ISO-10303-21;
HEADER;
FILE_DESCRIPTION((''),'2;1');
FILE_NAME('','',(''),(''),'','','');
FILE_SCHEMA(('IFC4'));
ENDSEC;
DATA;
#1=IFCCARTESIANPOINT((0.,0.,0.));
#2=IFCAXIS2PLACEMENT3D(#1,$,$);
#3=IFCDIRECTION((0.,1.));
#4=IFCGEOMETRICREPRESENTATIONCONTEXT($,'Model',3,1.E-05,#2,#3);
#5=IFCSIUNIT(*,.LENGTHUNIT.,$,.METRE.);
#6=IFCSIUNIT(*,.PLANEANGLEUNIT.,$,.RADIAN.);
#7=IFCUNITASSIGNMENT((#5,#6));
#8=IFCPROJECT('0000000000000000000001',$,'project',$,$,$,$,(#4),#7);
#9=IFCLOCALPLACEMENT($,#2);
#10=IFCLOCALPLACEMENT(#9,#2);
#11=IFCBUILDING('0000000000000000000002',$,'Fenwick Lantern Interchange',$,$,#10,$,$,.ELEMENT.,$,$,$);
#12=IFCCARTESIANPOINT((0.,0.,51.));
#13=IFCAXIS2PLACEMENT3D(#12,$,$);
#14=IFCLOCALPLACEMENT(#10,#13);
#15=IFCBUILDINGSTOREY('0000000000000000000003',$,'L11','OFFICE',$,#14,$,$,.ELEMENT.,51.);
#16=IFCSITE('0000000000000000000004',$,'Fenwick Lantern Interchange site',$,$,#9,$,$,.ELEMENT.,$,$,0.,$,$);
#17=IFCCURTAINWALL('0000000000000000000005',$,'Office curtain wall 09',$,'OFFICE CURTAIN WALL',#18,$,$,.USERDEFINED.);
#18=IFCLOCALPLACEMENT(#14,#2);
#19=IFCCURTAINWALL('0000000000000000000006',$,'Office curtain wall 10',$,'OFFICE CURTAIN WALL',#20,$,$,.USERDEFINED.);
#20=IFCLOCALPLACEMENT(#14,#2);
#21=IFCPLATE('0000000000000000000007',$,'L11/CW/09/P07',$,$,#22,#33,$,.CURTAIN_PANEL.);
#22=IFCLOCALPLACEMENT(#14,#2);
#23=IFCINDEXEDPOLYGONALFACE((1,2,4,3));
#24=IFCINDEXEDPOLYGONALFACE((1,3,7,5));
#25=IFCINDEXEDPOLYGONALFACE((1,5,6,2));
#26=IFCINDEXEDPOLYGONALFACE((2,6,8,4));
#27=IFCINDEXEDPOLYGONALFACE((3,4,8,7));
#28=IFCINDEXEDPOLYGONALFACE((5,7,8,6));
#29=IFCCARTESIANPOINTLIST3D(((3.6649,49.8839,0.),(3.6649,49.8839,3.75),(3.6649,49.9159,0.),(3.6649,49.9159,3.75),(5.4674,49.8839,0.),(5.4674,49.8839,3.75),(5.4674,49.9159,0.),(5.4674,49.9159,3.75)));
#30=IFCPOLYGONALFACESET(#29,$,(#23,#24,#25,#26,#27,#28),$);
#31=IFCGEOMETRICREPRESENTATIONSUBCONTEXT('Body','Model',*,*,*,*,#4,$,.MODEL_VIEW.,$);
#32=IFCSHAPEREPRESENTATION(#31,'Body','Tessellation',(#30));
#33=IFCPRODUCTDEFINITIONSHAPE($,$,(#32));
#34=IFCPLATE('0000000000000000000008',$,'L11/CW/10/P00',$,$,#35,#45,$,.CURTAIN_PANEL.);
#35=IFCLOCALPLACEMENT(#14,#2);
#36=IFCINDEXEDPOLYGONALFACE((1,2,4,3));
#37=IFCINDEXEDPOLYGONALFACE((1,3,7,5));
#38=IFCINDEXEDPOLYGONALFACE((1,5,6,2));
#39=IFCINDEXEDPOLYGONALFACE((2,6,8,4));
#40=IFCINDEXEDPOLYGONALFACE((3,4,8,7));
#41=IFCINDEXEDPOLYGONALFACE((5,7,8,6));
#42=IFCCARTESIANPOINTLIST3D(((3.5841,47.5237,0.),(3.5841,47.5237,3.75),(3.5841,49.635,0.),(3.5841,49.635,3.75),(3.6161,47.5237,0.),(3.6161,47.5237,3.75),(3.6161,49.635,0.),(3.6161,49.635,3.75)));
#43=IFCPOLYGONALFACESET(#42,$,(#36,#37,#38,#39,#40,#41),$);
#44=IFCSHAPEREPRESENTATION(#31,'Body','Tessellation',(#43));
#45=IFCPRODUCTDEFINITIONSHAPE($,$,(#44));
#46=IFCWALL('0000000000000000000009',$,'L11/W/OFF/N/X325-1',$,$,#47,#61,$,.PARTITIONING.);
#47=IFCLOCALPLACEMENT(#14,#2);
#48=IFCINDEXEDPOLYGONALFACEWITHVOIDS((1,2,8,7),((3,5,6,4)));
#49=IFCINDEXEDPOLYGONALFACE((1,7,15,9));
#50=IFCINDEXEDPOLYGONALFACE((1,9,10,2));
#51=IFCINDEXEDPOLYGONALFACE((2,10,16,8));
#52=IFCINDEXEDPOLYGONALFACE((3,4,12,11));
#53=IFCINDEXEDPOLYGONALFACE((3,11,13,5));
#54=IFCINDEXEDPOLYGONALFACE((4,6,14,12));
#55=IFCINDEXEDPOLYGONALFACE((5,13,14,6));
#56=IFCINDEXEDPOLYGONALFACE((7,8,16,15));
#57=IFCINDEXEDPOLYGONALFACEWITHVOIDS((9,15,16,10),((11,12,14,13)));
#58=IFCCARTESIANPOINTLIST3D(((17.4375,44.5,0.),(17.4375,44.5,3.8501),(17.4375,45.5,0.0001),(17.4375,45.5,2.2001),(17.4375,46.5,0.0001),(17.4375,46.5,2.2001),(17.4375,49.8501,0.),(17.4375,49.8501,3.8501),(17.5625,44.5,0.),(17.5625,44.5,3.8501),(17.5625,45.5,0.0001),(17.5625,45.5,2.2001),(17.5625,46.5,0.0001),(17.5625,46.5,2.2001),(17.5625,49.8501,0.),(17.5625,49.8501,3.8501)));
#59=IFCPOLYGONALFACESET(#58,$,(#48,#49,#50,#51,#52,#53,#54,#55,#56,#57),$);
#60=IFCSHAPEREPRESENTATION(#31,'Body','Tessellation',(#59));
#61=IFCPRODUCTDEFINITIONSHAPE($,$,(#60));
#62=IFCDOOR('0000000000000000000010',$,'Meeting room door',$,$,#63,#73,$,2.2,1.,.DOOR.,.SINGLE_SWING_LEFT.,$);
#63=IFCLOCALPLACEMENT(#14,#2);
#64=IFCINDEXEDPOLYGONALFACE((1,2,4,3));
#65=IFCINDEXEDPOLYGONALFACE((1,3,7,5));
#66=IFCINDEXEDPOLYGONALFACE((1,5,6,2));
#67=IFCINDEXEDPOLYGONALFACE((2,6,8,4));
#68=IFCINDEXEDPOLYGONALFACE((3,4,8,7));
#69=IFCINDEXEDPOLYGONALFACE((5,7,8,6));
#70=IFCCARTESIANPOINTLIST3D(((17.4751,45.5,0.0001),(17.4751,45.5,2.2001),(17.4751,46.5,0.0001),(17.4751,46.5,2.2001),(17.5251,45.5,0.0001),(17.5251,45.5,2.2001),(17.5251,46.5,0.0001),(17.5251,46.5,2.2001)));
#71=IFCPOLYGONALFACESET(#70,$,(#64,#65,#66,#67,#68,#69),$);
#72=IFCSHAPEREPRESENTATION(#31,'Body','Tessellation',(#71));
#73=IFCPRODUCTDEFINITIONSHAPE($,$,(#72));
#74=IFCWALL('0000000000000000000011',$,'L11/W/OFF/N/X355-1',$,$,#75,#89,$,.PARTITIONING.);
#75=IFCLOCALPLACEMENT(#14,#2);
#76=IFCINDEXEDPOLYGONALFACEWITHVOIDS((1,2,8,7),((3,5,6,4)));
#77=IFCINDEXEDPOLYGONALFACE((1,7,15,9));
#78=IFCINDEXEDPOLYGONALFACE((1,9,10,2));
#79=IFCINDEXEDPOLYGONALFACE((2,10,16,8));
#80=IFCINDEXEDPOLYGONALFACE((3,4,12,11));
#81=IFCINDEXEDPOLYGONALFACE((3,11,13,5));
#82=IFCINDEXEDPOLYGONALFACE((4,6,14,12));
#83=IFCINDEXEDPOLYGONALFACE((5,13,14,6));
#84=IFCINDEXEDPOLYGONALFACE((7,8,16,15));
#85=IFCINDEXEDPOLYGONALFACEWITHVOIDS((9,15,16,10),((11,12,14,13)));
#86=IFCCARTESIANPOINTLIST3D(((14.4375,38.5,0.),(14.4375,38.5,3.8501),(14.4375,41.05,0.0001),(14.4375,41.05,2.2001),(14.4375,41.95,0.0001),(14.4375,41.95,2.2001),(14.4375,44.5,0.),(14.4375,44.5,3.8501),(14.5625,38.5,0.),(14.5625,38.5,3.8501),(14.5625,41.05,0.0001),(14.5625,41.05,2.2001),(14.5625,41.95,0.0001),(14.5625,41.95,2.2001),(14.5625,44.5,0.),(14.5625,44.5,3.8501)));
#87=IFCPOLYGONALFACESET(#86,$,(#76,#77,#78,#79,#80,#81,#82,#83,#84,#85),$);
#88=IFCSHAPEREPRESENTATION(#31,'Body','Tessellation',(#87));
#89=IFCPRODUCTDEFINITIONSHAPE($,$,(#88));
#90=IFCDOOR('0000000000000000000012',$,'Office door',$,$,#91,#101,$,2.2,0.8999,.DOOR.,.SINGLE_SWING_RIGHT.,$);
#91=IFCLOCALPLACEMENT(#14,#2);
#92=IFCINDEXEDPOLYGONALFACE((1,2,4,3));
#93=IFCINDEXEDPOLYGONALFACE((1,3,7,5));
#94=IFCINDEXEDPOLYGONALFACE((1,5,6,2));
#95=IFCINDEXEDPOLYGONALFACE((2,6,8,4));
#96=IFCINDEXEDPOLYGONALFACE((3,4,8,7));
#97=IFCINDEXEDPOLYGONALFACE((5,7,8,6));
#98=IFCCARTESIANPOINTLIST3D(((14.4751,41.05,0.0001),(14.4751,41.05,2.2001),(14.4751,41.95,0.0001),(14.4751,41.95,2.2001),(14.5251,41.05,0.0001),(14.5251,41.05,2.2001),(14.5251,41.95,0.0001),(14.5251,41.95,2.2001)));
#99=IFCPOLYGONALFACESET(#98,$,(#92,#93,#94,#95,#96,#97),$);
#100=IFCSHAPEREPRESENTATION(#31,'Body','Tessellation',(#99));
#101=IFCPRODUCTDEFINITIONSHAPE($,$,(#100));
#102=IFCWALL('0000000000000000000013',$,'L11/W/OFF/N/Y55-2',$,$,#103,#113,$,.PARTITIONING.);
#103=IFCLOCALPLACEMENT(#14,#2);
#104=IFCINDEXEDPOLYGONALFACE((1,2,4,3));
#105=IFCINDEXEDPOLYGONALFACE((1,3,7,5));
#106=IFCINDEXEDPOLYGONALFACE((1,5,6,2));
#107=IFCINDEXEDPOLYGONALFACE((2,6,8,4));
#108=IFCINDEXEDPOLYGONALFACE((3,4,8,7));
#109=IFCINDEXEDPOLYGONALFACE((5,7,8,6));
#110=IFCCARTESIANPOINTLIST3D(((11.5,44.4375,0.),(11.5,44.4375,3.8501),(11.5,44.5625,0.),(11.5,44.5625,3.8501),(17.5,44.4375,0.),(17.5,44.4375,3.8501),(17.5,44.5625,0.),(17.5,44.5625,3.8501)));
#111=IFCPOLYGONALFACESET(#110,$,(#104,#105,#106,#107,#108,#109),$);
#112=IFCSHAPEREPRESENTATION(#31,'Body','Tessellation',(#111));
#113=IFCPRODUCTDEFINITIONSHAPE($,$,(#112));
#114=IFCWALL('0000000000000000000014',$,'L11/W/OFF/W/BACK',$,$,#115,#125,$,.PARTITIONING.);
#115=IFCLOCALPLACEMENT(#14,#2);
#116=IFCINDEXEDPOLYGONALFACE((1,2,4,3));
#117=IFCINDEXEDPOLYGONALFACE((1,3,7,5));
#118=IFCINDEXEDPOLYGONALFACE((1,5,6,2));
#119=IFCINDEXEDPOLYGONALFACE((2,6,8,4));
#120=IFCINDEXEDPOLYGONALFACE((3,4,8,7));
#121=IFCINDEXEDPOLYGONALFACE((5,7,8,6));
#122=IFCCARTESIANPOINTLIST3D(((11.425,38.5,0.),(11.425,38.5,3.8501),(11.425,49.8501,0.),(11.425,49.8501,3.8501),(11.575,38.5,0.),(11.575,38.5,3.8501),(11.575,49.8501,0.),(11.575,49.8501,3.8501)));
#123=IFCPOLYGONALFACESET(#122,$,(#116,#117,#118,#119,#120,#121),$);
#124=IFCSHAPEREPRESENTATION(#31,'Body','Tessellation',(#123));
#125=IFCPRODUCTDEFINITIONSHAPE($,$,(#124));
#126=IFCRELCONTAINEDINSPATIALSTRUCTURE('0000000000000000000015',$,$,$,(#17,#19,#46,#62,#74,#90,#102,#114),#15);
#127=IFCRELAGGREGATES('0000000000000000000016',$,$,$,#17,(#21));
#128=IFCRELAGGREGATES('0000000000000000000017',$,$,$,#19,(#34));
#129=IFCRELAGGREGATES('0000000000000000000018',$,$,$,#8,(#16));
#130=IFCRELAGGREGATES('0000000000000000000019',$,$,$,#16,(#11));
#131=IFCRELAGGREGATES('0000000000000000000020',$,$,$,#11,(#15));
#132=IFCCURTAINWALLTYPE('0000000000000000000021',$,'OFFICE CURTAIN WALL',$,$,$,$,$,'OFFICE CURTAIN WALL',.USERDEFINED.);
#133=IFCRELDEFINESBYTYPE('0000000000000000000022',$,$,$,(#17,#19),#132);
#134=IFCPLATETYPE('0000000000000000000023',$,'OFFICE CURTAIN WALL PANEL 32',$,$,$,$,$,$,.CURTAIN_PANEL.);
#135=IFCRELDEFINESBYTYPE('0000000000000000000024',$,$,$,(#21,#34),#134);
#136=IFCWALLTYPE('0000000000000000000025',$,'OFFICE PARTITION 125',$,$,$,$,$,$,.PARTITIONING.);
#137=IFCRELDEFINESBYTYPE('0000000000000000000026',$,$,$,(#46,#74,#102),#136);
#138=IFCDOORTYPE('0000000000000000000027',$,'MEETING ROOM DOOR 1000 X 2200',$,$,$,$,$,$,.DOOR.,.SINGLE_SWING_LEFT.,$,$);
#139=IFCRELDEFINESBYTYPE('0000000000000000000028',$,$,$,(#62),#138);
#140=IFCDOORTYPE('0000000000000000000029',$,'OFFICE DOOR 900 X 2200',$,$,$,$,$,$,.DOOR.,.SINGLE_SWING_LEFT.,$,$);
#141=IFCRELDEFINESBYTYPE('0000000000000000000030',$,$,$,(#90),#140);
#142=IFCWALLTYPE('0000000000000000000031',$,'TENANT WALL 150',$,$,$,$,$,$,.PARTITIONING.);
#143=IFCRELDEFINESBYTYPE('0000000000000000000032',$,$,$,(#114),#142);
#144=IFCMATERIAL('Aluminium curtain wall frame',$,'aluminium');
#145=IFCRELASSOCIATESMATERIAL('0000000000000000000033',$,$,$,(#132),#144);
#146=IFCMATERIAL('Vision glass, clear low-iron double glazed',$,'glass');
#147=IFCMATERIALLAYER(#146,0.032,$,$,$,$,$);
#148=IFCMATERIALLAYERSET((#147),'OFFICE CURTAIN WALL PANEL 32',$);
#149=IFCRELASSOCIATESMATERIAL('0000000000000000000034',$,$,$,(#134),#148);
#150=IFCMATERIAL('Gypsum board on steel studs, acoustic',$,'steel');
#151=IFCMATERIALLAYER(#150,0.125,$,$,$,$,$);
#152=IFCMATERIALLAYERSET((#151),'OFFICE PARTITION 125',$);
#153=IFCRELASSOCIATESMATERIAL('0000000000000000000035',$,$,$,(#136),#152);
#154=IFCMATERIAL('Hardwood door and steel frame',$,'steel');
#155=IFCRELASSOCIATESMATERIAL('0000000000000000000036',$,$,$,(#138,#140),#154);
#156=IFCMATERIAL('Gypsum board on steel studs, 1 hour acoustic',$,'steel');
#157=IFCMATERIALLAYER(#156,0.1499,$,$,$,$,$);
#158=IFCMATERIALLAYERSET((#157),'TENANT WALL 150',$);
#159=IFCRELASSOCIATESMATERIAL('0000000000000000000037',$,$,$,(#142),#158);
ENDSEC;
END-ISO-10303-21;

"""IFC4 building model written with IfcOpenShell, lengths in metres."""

from ifc_helpers import new_model, si_unit, direction, frame, frame_2d, origin, origin_2d, place, context, subcontext, project, spatial, rectangle, extrude, material, layer, layer_set, type_object, element, fill, aggregate, save


model = new_model("IFC4")

# Units and contexts
model_context = context("Model", 3, precision=1e-05, world=origin(), true_north=direction((0.0, 1.0)))
body_context = subcontext(model_context, "Body", "Model", "MODEL_VIEW")
ifc_project = project(units=[si_unit("LENGTHUNIT", "METRE"), si_unit("PLANEANGLEUNIT", "RADIAN")], contexts=[model_context])

# Site, building, storey
site_placement = place(None, origin())
site = spatial("IfcSite", under=ifc_project, at=site_placement, Name="Fenwick Lantern Interchange site", CompositionType="ELEMENT", RefElevation=0.0)
building_placement = place(site_placement, origin())
building = spatial("IfcBuilding", under=site, at=building_placement, Name="Fenwick Lantern Interchange", CompositionType="ELEMENT")
storey_placement = place(building_placement, frame((0.0, 0.0, 51.0)))
storey = spatial("IfcBuildingStorey", under=building, at=storey_placement, Name="L11", Description="OFFICE", CompositionType="ELEMENT", Elevation=51.0)

# Curtain wall
ifc_material_1 = material(Name="Aluminium curtain wall frame", Category="aluminium")
curtain_wall_type = type_object("IfcCurtainWallType", Name="OFFICE CURTAIN WALL", ElementType="OFFICE CURTAIN WALL", PredefinedType="USERDEFINED", material=ifc_material_1)
curtain_wall_1_placement = place(storey_placement, origin())
curtain_wall_1 = element("IfcCurtainWall", 1, at=curtain_wall_1_placement, inside=storey, type_object=curtain_wall_type, Name="Office curtain wall 09", ObjectType="OFFICE CURTAIN WALL", PredefinedType="USERDEFINED")

# Curtain wall
curtain_wall_2_placement = place(storey_placement, origin())
curtain_wall_2 = element("IfcCurtainWall", 2, at=curtain_wall_2_placement, inside=storey, type_object=curtain_wall_type, Name="Office curtain wall 10", ObjectType="OFFICE CURTAIN WALL", PredefinedType="USERDEFINED")

# Plates
ifc_material_2 = material(Name="Vision glass, clear low-iron double glazed", Category="glass")
ifc_layer_1 = layer(ifc_material_2, 0.032)
ifc_layer_set_1 = layer_set([ifc_layer_1], Name="OFFICE CURTAIN WALL PANEL 32")
plate_type = type_object("IfcPlateType", Name="OFFICE CURTAIN WALL PANEL 32", PredefinedType="CURTAIN_PANEL", material=ifc_layer_set_1)
plate_1_placement = place(storey_placement, frame((4.5662, 49.8999, 0.0), z_axis=(0.0, 0.0, 1.0), x_axis=(-1.0, 0.0, 0.0)))
plate_1 = element("IfcPlate", 3, at=plate_1_placement, type_object=plate_type, Name="L11/CW/09/P07", PredefinedType="CURTAIN_PANEL", context=body_context, shape_type="SweptSolid", body=[
    extrude(rectangle(XDim=1.8025, YDim=0.032, at=origin_2d()), origin(), (0.0, 0.0, 1.0), 3.75),
])
aggregate(curtain_wall_1, [plate_1])
plate_2_placement = place(storey_placement, frame((3.6001, 48.5793, 0.0), z_axis=(0.0, 0.0, 1.0), x_axis=(0.0, -1.0, 0.0)))
plate_2 = element("IfcPlate", 4, at=plate_2_placement, type_object=plate_type, Name="L11/CW/10/P00", PredefinedType="CURTAIN_PANEL", context=body_context, shape_type="SweptSolid", body=[
    extrude(rectangle(XDim=2.1113, YDim=0.032, at=origin_2d()), origin(), (0.0, 0.0, 1.0), 3.75),
])
aggregate(curtain_wall_2, [plate_2])

# Walls, openings, doors
ifc_material_3 = material(Name="Gypsum board on steel studs, acoustic", Category="steel")
ifc_layer_2 = layer(ifc_material_3, 0.125)
ifc_layer_set_2 = layer_set([ifc_layer_2], Name="OFFICE PARTITION 125")
wall_type_1 = type_object("IfcWallType", Name="OFFICE PARTITION 125", PredefinedType="PARTITIONING", material=ifc_layer_set_2)
wall_1_placement = place(storey_placement, frame((17.5, 49.8501, 0.0), z_axis=(0.0, 0.0, 1.0), x_axis=(0.0, -1.0, 0.0)))
wall_1 = element("IfcWall", 5, at=wall_1_placement, inside=storey, type_object=wall_type_1, Name="L11/W/OFF/N/X325-1", PredefinedType="PARTITIONING", context=body_context, shape_type="SweptSolid", body=[
    extrude(rectangle(XDim=5.3501, YDim=0.125, at=frame_2d((2.675, 0.0))), origin(), (0.0, 0.0, 1.0), 3.8501),
])
opening_1_placement = place(wall_1_placement, frame((3.3501, 0.0, 0.0)))
opening_1 = element("IfcOpeningElement", 6, at=opening_1_placement, cuts=wall_1, PredefinedType="OPENING", context=body_context, shape_type="SweptSolid", body=[
    extrude(rectangle(XDim=1.0, YDim=2.2, at=frame_2d((0.5, 1.1001))), frame((0.0, 0.0725, 0.0), z_axis=(0.0, -1.0, 0.0), x_axis=(1.0, 0.0, 0.0)), (0.0, 0.0, 1.0), 0.145),
])
ifc_material_4 = material(Name="Hardwood door and steel frame", Category="steel")
door_type_1 = type_object("IfcDoorType", Name="MEETING ROOM DOOR 1000 X 2200", OperationType="SINGLE_SWING_LEFT", PredefinedType="DOOR", material=ifc_material_4)
door_1_placement = place(opening_1_placement, frame((1.0, 0.0, 0.0), z_axis=(0.0, 0.0, 1.0), x_axis=(-1.0, 0.0, 0.0)))
door_1 = element("IfcDoor", 7, at=door_1_placement, inside=storey, type_object=door_type_1, Name="Meeting room door", OperationType="SINGLE_SWING_LEFT", OverallHeight=2.2, OverallWidth=1.0, PredefinedType="DOOR", context=body_context, shape_type="SweptSolid", body=[
    extrude(rectangle(XDim=1.0, YDim=2.2, at=frame_2d((0.5, 1.1001))), frame((0.0, 0.0249, 0.0), z_axis=(0.0, -1.0, 0.0), x_axis=(1.0, 0.0, 0.0)), (0.0, 0.0, 1.0), 0.05),
])
fill(opening_1, door_1)
wall_2_placement = place(storey_placement, frame((14.5, 44.5, 0.0), z_axis=(0.0, 0.0, 1.0), x_axis=(0.0, -1.0, 0.0)))
wall_2 = element("IfcWall", 8, at=wall_2_placement, inside=storey, type_object=wall_type_1, Name="L11/W/OFF/N/X355-1", PredefinedType="PARTITIONING", context=body_context, shape_type="SweptSolid", body=[
    extrude(rectangle(XDim=6.0, YDim=0.125, at=frame_2d((3.0, 0.0))), origin(), (0.0, 0.0, 1.0), 3.8501),
])
opening_2_placement = place(wall_2_placement, frame((2.55, 0.0, 0.0)))
opening_2 = element("IfcOpeningElement", 9, at=opening_2_placement, cuts=wall_2, PredefinedType="OPENING", context=body_context, shape_type="SweptSolid", body=[
    extrude(rectangle(XDim=0.8999, YDim=2.2, at=frame_2d((0.45, 1.1001))), frame((0.0, 0.0725, 0.0), z_axis=(0.0, -1.0, 0.0), x_axis=(1.0, 0.0, 0.0)), (0.0, 0.0, 1.0), 0.145),
])
door_type_2 = type_object("IfcDoorType", Name="OFFICE DOOR 900 X 2200", OperationType="SINGLE_SWING_LEFT", PredefinedType="DOOR", material=ifc_material_4)
door_2_placement = place(opening_2_placement, frame((0.8999, 0.0, 0.0), z_axis=(0.0, 0.0, 1.0), x_axis=(-1.0, 0.0, 0.0)))
door_2 = element("IfcDoor", 10, at=door_2_placement, inside=storey, type_object=door_type_2, Name="Office door", OperationType="SINGLE_SWING_RIGHT", OverallHeight=2.2, OverallWidth=0.8999, PredefinedType="DOOR", context=body_context, shape_type="SweptSolid", body=[
    extrude(rectangle(XDim=0.8999, YDim=2.2, at=frame_2d((0.45, 1.1001))), frame((0.0, 0.0249, 0.0), z_axis=(0.0, -1.0, 0.0), x_axis=(1.0, 0.0, 0.0)), (0.0, 0.0, 1.0), 0.05),
])
fill(opening_2, door_2)

# Walls
wall_3_placement = place(storey_placement, frame((17.5, 44.5, 0.0), z_axis=(0.0, 0.0, 1.0), x_axis=(-1.0, 0.0, 0.0)))
element("IfcWall", 11, at=wall_3_placement, inside=storey, type_object=wall_type_1, Name="L11/W/OFF/N/Y55-2", PredefinedType="PARTITIONING", context=body_context, shape_type="SweptSolid", body=[
    extrude(rectangle(XDim=6.0, YDim=0.125, at=frame_2d((3.0, 0.0))), origin(), (0.0, 0.0, 1.0), 3.8501),
])
ifc_material_5 = material(Name="Gypsum board on steel studs, 1 hour acoustic", Category="steel")
ifc_layer_3 = layer(ifc_material_5, 0.1499)
ifc_layer_set_3 = layer_set([ifc_layer_3], Name="TENANT WALL 150")
wall_type_2 = type_object("IfcWallType", Name="TENANT WALL 150", PredefinedType="PARTITIONING", material=ifc_layer_set_3)
wall_4_placement = place(storey_placement, frame((11.5, 49.8501, 0.0), z_axis=(0.0, 0.0, 1.0), x_axis=(0.0, -1.0, 0.0)))
element("IfcWall", 12, at=wall_4_placement, inside=storey, type_object=wall_type_2, Name="L11/W/OFF/W/BACK", PredefinedType="PARTITIONING", context=body_context, shape_type="SweptSolid", body=[
    extrude(rectangle(XDim=11.3501, YDim=0.1499, at=frame_2d((5.675, 0.0))), origin(), (0.0, 0.0, 1.0), 3.8501),
])

save(model, "model.ifc")
